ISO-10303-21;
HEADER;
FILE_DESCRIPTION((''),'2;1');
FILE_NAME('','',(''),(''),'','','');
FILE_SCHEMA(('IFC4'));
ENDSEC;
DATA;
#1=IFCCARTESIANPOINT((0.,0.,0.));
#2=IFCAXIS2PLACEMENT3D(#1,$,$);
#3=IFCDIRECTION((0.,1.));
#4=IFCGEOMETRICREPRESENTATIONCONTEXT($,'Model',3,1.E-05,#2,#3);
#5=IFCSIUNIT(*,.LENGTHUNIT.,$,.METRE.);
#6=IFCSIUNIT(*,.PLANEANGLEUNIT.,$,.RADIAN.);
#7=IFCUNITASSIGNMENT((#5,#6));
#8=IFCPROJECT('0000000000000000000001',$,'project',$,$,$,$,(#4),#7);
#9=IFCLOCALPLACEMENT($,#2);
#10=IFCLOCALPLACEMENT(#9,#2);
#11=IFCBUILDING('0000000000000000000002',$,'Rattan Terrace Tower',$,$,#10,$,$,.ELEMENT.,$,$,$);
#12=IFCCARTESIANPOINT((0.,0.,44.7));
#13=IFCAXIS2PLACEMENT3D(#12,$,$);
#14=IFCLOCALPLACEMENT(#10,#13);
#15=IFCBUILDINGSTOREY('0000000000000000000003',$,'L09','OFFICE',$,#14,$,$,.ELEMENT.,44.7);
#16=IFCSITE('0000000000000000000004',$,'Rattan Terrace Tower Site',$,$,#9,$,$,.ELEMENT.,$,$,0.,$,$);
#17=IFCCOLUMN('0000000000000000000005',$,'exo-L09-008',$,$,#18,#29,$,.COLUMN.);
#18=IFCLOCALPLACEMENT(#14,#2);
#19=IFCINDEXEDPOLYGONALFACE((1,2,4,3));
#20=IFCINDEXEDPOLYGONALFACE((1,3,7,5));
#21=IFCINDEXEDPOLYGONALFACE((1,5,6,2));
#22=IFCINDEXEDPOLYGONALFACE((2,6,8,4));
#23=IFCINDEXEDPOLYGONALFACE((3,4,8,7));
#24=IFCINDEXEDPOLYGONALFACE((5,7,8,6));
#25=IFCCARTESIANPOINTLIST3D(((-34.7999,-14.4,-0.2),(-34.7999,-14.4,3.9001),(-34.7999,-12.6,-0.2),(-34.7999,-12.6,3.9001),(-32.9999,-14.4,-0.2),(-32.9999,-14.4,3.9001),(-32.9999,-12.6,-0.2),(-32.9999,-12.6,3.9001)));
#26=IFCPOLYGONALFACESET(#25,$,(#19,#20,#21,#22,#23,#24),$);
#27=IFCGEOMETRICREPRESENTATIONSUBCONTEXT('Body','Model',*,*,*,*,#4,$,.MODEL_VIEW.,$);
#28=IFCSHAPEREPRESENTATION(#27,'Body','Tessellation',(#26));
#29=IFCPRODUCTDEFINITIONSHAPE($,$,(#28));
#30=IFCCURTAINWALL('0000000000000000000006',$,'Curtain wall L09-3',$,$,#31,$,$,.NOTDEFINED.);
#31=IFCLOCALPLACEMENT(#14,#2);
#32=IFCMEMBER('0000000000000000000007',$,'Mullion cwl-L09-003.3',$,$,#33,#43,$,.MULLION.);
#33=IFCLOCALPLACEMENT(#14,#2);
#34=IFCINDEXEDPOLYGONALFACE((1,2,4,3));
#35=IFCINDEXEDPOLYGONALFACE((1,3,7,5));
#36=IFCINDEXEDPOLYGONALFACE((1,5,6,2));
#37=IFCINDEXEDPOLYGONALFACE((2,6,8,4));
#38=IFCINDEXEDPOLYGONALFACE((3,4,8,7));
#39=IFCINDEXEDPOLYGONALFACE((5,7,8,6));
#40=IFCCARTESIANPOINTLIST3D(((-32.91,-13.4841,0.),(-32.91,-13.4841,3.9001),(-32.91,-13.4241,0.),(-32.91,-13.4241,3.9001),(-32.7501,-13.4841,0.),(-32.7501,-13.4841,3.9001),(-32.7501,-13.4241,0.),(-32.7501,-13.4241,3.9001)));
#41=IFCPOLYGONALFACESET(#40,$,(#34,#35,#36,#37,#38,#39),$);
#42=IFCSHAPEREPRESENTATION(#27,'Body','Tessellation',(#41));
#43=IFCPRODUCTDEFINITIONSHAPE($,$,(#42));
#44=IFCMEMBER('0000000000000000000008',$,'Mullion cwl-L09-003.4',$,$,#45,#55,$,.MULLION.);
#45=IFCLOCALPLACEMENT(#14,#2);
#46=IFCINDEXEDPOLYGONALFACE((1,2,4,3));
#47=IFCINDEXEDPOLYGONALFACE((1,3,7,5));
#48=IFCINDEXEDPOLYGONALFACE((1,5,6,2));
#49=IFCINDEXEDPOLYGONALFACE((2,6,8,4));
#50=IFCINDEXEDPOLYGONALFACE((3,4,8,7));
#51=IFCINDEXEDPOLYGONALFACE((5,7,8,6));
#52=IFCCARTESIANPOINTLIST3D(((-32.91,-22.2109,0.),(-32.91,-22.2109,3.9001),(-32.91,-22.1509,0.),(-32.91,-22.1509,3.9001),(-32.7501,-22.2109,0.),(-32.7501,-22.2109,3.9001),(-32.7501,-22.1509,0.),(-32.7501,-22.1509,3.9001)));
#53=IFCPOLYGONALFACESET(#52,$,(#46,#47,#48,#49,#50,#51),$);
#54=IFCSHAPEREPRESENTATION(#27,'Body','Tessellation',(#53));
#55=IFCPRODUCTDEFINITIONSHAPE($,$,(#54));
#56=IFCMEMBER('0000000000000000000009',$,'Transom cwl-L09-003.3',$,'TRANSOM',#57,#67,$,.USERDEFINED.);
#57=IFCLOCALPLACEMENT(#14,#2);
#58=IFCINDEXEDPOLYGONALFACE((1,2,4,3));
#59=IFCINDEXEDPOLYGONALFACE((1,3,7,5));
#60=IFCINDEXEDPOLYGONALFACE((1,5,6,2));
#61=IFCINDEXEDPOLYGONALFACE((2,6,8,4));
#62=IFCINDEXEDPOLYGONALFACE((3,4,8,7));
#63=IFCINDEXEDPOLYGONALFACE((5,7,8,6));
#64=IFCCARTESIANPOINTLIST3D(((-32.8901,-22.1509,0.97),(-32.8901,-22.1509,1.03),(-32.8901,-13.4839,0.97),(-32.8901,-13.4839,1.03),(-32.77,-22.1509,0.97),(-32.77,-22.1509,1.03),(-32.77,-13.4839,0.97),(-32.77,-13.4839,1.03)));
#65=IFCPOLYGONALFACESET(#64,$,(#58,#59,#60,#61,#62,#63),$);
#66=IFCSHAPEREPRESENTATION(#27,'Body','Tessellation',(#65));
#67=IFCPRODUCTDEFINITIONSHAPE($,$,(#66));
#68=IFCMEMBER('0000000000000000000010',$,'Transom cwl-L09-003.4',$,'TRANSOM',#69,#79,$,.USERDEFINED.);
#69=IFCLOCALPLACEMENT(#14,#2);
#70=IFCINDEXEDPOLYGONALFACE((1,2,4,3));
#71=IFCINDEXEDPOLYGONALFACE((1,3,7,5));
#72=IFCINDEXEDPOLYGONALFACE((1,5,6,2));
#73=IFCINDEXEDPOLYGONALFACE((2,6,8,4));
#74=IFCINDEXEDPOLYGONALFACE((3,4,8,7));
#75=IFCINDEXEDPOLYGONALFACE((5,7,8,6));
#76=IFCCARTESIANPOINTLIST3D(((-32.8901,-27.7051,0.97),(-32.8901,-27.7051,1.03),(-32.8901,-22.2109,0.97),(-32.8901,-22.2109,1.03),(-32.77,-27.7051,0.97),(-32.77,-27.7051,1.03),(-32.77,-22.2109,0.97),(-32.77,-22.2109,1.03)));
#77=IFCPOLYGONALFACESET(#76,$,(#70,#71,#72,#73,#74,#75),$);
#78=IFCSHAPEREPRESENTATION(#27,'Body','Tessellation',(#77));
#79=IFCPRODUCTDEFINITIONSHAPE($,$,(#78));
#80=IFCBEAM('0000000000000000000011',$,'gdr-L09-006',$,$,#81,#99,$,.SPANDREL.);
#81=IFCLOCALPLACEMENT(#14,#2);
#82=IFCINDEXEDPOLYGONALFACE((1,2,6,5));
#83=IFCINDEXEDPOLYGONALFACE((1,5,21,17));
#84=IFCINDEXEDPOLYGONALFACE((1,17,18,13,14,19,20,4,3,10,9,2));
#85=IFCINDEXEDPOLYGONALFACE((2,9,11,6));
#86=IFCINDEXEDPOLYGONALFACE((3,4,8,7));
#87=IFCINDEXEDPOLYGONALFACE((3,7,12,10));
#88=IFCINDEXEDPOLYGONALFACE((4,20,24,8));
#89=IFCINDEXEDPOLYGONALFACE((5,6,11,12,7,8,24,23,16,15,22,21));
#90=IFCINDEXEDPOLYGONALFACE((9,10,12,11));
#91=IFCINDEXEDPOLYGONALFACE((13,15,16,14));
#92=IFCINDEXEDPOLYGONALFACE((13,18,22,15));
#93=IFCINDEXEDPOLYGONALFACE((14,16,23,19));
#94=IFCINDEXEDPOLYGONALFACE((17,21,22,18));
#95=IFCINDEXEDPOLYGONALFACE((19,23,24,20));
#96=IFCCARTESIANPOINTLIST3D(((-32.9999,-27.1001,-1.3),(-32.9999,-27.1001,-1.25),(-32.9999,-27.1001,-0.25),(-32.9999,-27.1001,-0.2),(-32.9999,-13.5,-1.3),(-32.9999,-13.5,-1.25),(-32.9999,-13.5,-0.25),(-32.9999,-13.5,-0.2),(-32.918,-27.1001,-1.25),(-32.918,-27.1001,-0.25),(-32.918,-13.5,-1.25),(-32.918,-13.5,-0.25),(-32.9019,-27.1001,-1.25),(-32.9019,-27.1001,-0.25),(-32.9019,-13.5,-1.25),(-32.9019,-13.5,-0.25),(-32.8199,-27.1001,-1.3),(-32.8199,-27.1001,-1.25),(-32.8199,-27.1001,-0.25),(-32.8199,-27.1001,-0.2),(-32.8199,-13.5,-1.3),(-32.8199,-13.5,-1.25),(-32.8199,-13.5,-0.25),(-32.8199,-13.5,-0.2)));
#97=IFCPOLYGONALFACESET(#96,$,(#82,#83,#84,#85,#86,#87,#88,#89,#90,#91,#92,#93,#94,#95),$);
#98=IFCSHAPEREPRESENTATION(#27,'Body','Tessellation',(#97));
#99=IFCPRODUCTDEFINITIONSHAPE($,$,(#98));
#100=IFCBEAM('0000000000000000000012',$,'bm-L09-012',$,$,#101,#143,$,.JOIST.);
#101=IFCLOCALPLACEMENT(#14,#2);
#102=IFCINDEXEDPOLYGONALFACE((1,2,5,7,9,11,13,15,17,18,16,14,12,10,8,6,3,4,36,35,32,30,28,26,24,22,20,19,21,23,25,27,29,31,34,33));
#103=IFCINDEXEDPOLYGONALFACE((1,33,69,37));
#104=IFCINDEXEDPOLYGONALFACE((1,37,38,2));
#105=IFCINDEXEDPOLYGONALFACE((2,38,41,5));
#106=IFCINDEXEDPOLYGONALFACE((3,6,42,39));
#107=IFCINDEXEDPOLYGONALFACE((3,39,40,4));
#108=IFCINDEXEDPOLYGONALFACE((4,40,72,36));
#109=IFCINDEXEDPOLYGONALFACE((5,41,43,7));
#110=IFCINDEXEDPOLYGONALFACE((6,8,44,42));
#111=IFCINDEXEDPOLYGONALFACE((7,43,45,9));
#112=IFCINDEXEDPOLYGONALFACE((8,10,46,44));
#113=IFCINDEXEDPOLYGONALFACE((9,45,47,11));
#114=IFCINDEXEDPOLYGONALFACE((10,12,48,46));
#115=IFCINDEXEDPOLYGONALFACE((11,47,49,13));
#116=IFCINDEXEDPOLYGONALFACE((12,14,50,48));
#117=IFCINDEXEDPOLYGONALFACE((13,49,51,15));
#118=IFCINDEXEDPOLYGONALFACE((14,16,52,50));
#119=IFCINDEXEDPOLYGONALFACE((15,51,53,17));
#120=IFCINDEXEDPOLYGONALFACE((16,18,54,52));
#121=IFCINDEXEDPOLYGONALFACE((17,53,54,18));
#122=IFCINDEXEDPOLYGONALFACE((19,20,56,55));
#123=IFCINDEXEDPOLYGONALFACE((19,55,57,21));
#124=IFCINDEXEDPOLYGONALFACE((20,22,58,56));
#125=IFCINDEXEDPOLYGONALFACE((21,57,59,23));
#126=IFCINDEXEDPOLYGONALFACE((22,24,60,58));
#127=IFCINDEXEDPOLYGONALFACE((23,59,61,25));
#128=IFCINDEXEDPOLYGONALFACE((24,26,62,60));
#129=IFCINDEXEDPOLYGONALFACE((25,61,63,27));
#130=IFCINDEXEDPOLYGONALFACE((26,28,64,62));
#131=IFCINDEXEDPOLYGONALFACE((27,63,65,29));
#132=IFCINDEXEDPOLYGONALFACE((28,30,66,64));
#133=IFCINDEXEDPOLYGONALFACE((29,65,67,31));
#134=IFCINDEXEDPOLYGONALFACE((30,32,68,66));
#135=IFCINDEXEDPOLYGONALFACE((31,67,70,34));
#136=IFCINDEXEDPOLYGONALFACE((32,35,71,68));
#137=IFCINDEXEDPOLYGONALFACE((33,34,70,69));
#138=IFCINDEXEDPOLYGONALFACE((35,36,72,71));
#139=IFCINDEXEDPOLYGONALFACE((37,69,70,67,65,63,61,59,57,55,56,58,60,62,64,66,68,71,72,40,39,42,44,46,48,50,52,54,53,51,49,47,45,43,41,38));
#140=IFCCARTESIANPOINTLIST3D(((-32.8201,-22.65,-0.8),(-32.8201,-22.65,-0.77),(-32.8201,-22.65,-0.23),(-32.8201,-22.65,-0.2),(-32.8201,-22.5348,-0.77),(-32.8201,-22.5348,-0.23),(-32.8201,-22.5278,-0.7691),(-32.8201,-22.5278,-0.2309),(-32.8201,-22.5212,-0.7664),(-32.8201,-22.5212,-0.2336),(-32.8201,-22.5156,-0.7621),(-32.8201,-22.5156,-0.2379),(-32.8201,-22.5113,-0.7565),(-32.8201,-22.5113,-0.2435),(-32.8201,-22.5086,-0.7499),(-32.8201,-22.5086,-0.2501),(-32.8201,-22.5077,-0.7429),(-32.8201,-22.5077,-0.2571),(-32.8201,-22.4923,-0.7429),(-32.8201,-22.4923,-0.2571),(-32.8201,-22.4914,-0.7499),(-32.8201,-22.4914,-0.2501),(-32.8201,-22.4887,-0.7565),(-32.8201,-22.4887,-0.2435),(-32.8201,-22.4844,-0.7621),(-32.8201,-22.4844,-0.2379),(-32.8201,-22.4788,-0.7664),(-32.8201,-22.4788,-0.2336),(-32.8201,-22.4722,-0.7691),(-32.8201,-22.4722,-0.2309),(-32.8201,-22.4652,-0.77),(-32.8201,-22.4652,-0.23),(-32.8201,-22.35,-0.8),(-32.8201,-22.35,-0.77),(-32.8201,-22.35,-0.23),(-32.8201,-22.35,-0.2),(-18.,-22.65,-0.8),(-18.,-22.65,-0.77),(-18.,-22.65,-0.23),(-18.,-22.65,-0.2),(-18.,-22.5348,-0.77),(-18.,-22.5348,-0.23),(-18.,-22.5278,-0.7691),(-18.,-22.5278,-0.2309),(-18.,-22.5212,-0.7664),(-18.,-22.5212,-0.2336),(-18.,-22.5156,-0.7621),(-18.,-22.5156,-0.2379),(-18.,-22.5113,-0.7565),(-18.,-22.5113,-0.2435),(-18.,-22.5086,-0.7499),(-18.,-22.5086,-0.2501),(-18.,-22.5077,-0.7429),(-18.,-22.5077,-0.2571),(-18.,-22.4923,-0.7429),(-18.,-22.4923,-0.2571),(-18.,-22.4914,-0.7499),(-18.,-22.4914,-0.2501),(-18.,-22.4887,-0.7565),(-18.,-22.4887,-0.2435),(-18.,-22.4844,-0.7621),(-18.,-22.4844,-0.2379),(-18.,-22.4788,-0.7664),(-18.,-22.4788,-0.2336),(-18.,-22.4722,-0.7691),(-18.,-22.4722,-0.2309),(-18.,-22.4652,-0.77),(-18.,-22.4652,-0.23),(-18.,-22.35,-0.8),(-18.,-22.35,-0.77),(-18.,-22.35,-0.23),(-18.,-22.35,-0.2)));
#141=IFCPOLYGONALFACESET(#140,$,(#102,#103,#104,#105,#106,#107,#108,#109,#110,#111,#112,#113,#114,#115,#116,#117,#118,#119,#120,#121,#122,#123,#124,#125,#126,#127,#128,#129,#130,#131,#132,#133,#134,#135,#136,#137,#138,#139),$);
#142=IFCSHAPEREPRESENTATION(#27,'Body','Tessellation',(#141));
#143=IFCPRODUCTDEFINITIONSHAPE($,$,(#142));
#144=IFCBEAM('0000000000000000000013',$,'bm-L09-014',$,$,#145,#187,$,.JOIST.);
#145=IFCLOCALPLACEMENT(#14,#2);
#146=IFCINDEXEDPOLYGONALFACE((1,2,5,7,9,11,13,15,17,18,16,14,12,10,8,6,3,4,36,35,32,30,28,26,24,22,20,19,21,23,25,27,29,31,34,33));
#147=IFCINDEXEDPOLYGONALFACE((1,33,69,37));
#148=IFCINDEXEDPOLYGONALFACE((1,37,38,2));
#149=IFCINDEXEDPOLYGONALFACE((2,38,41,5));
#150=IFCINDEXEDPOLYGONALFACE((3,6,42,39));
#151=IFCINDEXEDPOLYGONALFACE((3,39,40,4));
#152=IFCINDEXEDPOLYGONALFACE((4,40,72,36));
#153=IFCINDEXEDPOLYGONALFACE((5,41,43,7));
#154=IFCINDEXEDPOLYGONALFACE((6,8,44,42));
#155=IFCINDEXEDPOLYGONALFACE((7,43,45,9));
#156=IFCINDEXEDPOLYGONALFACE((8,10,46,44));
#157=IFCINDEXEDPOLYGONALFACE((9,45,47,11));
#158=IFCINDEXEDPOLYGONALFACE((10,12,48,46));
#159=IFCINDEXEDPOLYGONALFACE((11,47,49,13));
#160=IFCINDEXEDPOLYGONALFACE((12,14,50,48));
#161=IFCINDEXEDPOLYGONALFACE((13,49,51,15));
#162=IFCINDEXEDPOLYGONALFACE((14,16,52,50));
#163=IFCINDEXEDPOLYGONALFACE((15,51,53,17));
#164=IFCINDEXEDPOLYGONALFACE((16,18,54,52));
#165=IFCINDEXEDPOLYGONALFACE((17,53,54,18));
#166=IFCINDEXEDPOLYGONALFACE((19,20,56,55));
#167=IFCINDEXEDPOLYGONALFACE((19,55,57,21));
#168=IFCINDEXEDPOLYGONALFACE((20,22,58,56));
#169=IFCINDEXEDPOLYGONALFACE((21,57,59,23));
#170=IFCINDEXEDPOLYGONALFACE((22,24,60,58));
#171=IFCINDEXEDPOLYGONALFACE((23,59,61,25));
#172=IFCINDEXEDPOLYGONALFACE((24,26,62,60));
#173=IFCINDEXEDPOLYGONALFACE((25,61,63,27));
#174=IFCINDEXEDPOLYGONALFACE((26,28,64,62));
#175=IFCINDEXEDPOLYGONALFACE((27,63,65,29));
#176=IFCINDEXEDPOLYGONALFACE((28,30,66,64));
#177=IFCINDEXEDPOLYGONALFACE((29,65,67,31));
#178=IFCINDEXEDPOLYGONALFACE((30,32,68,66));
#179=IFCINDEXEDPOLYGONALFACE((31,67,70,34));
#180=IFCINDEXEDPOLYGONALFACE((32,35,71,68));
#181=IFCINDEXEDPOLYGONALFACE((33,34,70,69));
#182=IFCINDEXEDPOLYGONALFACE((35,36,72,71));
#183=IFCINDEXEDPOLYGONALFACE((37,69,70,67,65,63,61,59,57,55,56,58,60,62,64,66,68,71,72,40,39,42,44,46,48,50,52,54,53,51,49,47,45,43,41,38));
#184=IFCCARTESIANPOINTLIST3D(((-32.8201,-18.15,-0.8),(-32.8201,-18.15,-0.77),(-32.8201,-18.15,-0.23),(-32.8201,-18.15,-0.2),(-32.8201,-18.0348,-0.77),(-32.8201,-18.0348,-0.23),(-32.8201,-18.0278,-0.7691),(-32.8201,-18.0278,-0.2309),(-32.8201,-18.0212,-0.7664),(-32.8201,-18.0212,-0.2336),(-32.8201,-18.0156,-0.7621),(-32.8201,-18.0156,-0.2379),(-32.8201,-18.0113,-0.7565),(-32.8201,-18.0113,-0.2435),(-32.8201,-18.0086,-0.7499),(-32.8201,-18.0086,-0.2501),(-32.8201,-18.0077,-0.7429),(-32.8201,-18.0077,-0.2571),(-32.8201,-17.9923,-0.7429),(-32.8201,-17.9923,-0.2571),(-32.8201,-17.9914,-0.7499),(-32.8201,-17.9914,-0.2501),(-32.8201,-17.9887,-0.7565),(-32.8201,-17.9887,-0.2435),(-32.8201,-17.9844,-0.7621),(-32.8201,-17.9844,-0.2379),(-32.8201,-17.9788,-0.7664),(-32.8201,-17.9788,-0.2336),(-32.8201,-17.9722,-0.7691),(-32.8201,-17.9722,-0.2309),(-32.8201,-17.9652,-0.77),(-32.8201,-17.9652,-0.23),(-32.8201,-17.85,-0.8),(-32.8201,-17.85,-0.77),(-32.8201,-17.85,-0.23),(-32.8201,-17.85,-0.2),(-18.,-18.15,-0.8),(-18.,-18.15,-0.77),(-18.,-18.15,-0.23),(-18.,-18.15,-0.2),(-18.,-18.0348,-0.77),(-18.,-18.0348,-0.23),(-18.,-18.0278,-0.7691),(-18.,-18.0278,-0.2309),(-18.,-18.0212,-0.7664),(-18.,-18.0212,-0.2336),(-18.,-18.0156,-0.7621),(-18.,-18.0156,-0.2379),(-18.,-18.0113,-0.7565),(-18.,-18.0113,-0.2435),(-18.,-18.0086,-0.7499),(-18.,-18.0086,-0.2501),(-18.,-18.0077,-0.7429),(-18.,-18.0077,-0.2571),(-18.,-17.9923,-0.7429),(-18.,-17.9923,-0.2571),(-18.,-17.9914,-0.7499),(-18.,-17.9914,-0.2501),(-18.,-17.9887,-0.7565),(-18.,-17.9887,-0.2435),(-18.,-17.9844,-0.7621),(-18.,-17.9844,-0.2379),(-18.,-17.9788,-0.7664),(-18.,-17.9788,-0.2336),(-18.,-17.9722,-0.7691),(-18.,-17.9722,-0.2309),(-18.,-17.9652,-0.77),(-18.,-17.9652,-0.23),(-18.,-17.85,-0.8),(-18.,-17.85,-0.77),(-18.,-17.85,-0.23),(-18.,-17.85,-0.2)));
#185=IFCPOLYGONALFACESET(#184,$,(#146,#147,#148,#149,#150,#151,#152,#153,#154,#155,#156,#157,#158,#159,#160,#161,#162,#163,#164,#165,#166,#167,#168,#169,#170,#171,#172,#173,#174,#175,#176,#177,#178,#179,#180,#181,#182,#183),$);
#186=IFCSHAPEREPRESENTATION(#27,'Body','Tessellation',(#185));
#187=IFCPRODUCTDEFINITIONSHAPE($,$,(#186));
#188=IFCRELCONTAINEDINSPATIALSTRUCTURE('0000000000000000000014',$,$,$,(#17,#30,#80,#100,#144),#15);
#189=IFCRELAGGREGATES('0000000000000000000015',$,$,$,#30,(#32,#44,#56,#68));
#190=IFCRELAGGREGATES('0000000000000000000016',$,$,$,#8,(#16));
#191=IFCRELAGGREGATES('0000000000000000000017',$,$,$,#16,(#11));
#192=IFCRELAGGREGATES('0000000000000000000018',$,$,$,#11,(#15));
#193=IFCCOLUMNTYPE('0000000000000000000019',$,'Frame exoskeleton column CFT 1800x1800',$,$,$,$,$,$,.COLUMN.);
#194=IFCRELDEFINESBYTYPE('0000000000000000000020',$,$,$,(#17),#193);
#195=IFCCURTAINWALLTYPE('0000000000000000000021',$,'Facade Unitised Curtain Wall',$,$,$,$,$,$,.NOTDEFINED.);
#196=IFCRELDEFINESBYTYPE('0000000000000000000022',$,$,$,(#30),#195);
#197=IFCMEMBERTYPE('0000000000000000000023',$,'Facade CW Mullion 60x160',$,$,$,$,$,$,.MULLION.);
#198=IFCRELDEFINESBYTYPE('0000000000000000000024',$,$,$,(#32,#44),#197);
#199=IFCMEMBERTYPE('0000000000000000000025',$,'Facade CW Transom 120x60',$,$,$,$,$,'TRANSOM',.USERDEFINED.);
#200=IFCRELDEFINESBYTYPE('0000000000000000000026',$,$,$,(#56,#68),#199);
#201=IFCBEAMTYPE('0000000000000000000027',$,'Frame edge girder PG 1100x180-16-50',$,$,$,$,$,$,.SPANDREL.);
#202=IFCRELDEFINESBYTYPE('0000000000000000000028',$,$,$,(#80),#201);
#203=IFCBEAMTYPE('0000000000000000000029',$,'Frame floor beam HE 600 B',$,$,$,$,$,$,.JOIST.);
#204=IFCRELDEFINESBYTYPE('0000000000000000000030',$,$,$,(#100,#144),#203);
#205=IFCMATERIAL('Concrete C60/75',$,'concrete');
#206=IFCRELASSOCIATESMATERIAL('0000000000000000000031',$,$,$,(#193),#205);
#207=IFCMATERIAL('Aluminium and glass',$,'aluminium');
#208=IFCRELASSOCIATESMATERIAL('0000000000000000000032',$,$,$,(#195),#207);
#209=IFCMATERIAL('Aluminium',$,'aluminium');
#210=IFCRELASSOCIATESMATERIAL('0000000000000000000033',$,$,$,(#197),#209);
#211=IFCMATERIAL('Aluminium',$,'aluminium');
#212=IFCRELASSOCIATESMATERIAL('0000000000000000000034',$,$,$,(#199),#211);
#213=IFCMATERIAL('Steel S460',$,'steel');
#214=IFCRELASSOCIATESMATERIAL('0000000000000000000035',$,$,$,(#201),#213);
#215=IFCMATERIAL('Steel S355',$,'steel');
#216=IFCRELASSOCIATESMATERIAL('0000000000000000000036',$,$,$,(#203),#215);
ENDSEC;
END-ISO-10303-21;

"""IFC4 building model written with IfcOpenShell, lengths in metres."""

from ifc_helpers import new_model, si_unit, direction, frame, origin, origin_2d, place, context, subcontext, project, spatial, rectangle, i_section, extrude, material, material_profile, profile_set, type_object, element, aggregate, save


model = new_model("IFC4")

# Units and contexts
model_context = context("Model", 3, precision=1e-05, world=origin(), true_north=direction((0.0, 1.0)))
body_context = subcontext(model_context, "Body", "Model", "MODEL_VIEW")
ifc_project = project(units=[si_unit("LENGTHUNIT", "METRE"), si_unit("PLANEANGLEUNIT", "RADIAN")], contexts=[model_context])

# Site, building, storey
site_placement = place(None, origin())
site = spatial("IfcSite", under=ifc_project, at=site_placement, Name="Rattan Terrace Tower Site", CompositionType="ELEMENT", RefElevation=0.0)
building_placement = place(site_placement, origin())
building = spatial("IfcBuilding", under=site, at=building_placement, Name="Rattan Terrace Tower", CompositionType="ELEMENT")
storey_placement = place(building_placement, frame((0.0, 0.0, 44.7)))
storey = spatial("IfcBuildingStorey", under=building, at=storey_placement, Name="L09", Description="OFFICE", CompositionType="ELEMENT", Elevation=44.7)

# Column
ifc_material_1 = material(Name="Concrete C60/75", Category="concrete")
ifc_material_profile_1 = material_profile(ifc_material_1, rectangle(XDim=1.8, YDim=1.8, at=origin_2d()), Name="CFT 1800x1800")
ifc_profile_set_1 = profile_set([ifc_material_profile_1], Name="Concrete C60/75")
column_type = type_object("IfcColumnType", Name="Frame exoskeleton column CFT 1800x1800", PredefinedType="COLUMN", material=ifc_profile_set_1)
column_placement = place(storey_placement, frame((-33.8999, -13.5, -0.2), z_axis=(0.0, 0.0, 1.0), x_axis=(0.0, 1.0, 0.0)))
element("IfcColumn", 1, at=column_placement, inside=storey, type_object=column_type, Name="exo-L09-008", PredefinedType="COLUMN", context=body_context, shape_type="SweptSolid", body=[
    extrude(rectangle(XDim=1.8, YDim=1.8, at=origin_2d()), origin(), (0.0, 0.0, 1.0), 4.1001),
])

# Curtain wall, members
ifc_material_2 = material(Name="Aluminium and glass", Category="aluminium")
curtain_wall_type = type_object("IfcCurtainWallType", Name="Facade Unitised Curtain Wall", PredefinedType="NOTDEFINED", material=ifc_material_2)
curtain_wall_placement = place(storey_placement, origin())
curtain_wall = element("IfcCurtainWall", 2, at=curtain_wall_placement, inside=storey, type_object=curtain_wall_type, Name="Curtain wall L09-3", PredefinedType="NOTDEFINED")
ifc_material_3 = material(Name="Aluminium", Category="aluminium")
ifc_material_profile_2 = material_profile(ifc_material_3, rectangle(XDim=0.0601, YDim=0.1599, at=origin_2d()), Name="Aluminium 60x160")
ifc_profile_set_2 = profile_set([ifc_material_profile_2], Name="Aluminium")
member_type_1 = type_object("IfcMemberType", Name="Facade CW Mullion 60x160", PredefinedType="MULLION", material=ifc_profile_set_2)
member_1_placement = place(storey_placement, frame((-32.8301, -13.4541, 0.0), z_axis=(0.0, 0.0, 1.0), x_axis=(0.0, -1.0, 0.0)))
member_1 = element("IfcMember", 3, at=member_1_placement, type_object=member_type_1, Name="Mullion cwl-L09-003.3", PredefinedType="MULLION", context=body_context, shape_type="SweptSolid", body=[
    extrude(rectangle(XDim=0.0601, YDim=0.1599, at=origin_2d()), origin(), (0.0, 0.0, 1.0), 3.9001),
])
member_2_placement = place(storey_placement, frame((-32.8301, -22.1809, 0.0), z_axis=(0.0, 0.0, 1.0), x_axis=(0.0, -1.0, 0.0)))
member_2 = element("IfcMember", 4, at=member_2_placement, type_object=member_type_1, Name="Mullion cwl-L09-003.4", PredefinedType="MULLION", context=body_context, shape_type="SweptSolid", body=[
    extrude(rectangle(XDim=0.0601, YDim=0.1599, at=origin_2d()), origin(), (0.0, 0.0, 1.0), 3.9001),
])
ifc_material_4 = material(Name="Aluminium", Category="aluminium")
ifc_material_profile_3 = material_profile(ifc_material_4, rectangle(XDim=0.1201, YDim=0.0601, at=origin_2d()), Name="Aluminium 120x60")
ifc_profile_set_3 = profile_set([ifc_material_profile_3], Name="Aluminium")
member_type_2 = type_object("IfcMemberType", Name="Facade CW Transom 120x60", ElementType="TRANSOM", PredefinedType="USERDEFINED", material=ifc_profile_set_3)
member_3_placement = place(storey_placement, frame((-32.8301, -13.4839, 1.0), z_axis=(0.0, -1.0, 0.0), x_axis=(1.0, 0.0, 0.0)))
member_3 = element("IfcMember", 5, at=member_3_placement, type_object=member_type_2, Name="Transom cwl-L09-003.3", ObjectType="TRANSOM", PredefinedType="USERDEFINED", context=body_context, shape_type="SweptSolid", body=[
    extrude(rectangle(XDim=0.1201, YDim=0.0601, at=origin_2d()), origin(), (0.0, 0.0, 1.0), 8.667),
])
member_4_placement = place(storey_placement, frame((-32.8301, -22.2109, 1.0), z_axis=(0.0, -1.0, 0.0), x_axis=(1.0, 0.0, 0.0)))
member_4 = element("IfcMember", 6, at=member_4_placement, type_object=member_type_2, Name="Transom cwl-L09-003.4", ObjectType="TRANSOM", PredefinedType="USERDEFINED", context=body_context, shape_type="SweptSolid", body=[
    extrude(rectangle(XDim=0.1201, YDim=0.0601, at=origin_2d()), origin(), (0.0, 0.0, 1.0), 5.4941),
])

# Beams
ifc_material_5 = material(Name="Steel S460", Category="steel")
ifc_material_profile_4 = material_profile(ifc_material_5, i_section(OverallWidth=0.1799, OverallDepth=1.1001, WebThickness=0.0161, FlangeThickness=0.05, at=origin_2d()), Name="PG 1100x180-16-50")
ifc_profile_set_4 = profile_set([ifc_material_profile_4], Name="Steel S460")
beam_type_1 = type_object("IfcBeamType", Name="Frame edge girder PG 1100x180-16-50", PredefinedType="SPANDREL", material=ifc_profile_set_4)
beam_placement = place(storey_placement, frame((-32.9099, -13.5, -0.75), z_axis=(0.0, -1.0, 0.0), x_axis=(1.0, 0.0, 0.0)))
element("IfcBeam", 7, at=beam_placement, inside=storey, type_object=beam_type_1, Name="gdr-L09-006", PredefinedType="SPANDREL", context=body_context, shape_type="SweptSolid", body=[
    extrude(i_section(OverallWidth=0.1799, OverallDepth=1.1001, WebThickness=0.0161, FlangeThickness=0.05, at=origin_2d()), origin(), (0.0, 0.0, 1.0), 13.6001),
])
ifc_material_6 = material(Name="Steel S355", Category="steel")
ifc_material_profile_5 = material_profile(ifc_material_6, i_section(OverallWidth=0.3, OverallDepth=0.6001, WebThickness=0.0154, FlangeThickness=0.03, FilletRadius=0.0271, at=origin_2d()), Name="HE 600 B")
ifc_profile_set_5 = profile_set([ifc_material_profile_5], Name="Steel S355")
beam_type_2 = type_object("IfcBeamType", Name="Frame floor beam HE 600 B", PredefinedType="JOIST", material=ifc_profile_set_5)
for number, where, z_axis, x_axis, name in (
    (8, (-32.8201, -22.5, -0.5), (1.0, 0.0, 0.0), (0.0, 1.0, 0.0), "bm-L09-012"),
    (9, (-32.8201, -18.0, -0.5), (1.0, 0.0, 0.0), (0.0, 1.0, 0.0), "bm-L09-014"),
):
    element("IfcBeam", number, at=place(storey_placement, frame(where, z_axis=z_axis, x_axis=x_axis)), inside=storey, type_object=beam_type_2, Name=name, PredefinedType="JOIST", context=body_context, shape_type="SweptSolid", body=[
        extrude(i_section(OverallWidth=0.3, OverallDepth=0.6001, WebThickness=0.0154, FlangeThickness=0.03, FilletRadius=0.0271, at=origin_2d()), origin(), (0.0, 0.0, 1.0), 14.8201),
    ])

aggregate(curtain_wall, [member_1, member_2, member_3, member_4])

save(model, "model.ifc")
